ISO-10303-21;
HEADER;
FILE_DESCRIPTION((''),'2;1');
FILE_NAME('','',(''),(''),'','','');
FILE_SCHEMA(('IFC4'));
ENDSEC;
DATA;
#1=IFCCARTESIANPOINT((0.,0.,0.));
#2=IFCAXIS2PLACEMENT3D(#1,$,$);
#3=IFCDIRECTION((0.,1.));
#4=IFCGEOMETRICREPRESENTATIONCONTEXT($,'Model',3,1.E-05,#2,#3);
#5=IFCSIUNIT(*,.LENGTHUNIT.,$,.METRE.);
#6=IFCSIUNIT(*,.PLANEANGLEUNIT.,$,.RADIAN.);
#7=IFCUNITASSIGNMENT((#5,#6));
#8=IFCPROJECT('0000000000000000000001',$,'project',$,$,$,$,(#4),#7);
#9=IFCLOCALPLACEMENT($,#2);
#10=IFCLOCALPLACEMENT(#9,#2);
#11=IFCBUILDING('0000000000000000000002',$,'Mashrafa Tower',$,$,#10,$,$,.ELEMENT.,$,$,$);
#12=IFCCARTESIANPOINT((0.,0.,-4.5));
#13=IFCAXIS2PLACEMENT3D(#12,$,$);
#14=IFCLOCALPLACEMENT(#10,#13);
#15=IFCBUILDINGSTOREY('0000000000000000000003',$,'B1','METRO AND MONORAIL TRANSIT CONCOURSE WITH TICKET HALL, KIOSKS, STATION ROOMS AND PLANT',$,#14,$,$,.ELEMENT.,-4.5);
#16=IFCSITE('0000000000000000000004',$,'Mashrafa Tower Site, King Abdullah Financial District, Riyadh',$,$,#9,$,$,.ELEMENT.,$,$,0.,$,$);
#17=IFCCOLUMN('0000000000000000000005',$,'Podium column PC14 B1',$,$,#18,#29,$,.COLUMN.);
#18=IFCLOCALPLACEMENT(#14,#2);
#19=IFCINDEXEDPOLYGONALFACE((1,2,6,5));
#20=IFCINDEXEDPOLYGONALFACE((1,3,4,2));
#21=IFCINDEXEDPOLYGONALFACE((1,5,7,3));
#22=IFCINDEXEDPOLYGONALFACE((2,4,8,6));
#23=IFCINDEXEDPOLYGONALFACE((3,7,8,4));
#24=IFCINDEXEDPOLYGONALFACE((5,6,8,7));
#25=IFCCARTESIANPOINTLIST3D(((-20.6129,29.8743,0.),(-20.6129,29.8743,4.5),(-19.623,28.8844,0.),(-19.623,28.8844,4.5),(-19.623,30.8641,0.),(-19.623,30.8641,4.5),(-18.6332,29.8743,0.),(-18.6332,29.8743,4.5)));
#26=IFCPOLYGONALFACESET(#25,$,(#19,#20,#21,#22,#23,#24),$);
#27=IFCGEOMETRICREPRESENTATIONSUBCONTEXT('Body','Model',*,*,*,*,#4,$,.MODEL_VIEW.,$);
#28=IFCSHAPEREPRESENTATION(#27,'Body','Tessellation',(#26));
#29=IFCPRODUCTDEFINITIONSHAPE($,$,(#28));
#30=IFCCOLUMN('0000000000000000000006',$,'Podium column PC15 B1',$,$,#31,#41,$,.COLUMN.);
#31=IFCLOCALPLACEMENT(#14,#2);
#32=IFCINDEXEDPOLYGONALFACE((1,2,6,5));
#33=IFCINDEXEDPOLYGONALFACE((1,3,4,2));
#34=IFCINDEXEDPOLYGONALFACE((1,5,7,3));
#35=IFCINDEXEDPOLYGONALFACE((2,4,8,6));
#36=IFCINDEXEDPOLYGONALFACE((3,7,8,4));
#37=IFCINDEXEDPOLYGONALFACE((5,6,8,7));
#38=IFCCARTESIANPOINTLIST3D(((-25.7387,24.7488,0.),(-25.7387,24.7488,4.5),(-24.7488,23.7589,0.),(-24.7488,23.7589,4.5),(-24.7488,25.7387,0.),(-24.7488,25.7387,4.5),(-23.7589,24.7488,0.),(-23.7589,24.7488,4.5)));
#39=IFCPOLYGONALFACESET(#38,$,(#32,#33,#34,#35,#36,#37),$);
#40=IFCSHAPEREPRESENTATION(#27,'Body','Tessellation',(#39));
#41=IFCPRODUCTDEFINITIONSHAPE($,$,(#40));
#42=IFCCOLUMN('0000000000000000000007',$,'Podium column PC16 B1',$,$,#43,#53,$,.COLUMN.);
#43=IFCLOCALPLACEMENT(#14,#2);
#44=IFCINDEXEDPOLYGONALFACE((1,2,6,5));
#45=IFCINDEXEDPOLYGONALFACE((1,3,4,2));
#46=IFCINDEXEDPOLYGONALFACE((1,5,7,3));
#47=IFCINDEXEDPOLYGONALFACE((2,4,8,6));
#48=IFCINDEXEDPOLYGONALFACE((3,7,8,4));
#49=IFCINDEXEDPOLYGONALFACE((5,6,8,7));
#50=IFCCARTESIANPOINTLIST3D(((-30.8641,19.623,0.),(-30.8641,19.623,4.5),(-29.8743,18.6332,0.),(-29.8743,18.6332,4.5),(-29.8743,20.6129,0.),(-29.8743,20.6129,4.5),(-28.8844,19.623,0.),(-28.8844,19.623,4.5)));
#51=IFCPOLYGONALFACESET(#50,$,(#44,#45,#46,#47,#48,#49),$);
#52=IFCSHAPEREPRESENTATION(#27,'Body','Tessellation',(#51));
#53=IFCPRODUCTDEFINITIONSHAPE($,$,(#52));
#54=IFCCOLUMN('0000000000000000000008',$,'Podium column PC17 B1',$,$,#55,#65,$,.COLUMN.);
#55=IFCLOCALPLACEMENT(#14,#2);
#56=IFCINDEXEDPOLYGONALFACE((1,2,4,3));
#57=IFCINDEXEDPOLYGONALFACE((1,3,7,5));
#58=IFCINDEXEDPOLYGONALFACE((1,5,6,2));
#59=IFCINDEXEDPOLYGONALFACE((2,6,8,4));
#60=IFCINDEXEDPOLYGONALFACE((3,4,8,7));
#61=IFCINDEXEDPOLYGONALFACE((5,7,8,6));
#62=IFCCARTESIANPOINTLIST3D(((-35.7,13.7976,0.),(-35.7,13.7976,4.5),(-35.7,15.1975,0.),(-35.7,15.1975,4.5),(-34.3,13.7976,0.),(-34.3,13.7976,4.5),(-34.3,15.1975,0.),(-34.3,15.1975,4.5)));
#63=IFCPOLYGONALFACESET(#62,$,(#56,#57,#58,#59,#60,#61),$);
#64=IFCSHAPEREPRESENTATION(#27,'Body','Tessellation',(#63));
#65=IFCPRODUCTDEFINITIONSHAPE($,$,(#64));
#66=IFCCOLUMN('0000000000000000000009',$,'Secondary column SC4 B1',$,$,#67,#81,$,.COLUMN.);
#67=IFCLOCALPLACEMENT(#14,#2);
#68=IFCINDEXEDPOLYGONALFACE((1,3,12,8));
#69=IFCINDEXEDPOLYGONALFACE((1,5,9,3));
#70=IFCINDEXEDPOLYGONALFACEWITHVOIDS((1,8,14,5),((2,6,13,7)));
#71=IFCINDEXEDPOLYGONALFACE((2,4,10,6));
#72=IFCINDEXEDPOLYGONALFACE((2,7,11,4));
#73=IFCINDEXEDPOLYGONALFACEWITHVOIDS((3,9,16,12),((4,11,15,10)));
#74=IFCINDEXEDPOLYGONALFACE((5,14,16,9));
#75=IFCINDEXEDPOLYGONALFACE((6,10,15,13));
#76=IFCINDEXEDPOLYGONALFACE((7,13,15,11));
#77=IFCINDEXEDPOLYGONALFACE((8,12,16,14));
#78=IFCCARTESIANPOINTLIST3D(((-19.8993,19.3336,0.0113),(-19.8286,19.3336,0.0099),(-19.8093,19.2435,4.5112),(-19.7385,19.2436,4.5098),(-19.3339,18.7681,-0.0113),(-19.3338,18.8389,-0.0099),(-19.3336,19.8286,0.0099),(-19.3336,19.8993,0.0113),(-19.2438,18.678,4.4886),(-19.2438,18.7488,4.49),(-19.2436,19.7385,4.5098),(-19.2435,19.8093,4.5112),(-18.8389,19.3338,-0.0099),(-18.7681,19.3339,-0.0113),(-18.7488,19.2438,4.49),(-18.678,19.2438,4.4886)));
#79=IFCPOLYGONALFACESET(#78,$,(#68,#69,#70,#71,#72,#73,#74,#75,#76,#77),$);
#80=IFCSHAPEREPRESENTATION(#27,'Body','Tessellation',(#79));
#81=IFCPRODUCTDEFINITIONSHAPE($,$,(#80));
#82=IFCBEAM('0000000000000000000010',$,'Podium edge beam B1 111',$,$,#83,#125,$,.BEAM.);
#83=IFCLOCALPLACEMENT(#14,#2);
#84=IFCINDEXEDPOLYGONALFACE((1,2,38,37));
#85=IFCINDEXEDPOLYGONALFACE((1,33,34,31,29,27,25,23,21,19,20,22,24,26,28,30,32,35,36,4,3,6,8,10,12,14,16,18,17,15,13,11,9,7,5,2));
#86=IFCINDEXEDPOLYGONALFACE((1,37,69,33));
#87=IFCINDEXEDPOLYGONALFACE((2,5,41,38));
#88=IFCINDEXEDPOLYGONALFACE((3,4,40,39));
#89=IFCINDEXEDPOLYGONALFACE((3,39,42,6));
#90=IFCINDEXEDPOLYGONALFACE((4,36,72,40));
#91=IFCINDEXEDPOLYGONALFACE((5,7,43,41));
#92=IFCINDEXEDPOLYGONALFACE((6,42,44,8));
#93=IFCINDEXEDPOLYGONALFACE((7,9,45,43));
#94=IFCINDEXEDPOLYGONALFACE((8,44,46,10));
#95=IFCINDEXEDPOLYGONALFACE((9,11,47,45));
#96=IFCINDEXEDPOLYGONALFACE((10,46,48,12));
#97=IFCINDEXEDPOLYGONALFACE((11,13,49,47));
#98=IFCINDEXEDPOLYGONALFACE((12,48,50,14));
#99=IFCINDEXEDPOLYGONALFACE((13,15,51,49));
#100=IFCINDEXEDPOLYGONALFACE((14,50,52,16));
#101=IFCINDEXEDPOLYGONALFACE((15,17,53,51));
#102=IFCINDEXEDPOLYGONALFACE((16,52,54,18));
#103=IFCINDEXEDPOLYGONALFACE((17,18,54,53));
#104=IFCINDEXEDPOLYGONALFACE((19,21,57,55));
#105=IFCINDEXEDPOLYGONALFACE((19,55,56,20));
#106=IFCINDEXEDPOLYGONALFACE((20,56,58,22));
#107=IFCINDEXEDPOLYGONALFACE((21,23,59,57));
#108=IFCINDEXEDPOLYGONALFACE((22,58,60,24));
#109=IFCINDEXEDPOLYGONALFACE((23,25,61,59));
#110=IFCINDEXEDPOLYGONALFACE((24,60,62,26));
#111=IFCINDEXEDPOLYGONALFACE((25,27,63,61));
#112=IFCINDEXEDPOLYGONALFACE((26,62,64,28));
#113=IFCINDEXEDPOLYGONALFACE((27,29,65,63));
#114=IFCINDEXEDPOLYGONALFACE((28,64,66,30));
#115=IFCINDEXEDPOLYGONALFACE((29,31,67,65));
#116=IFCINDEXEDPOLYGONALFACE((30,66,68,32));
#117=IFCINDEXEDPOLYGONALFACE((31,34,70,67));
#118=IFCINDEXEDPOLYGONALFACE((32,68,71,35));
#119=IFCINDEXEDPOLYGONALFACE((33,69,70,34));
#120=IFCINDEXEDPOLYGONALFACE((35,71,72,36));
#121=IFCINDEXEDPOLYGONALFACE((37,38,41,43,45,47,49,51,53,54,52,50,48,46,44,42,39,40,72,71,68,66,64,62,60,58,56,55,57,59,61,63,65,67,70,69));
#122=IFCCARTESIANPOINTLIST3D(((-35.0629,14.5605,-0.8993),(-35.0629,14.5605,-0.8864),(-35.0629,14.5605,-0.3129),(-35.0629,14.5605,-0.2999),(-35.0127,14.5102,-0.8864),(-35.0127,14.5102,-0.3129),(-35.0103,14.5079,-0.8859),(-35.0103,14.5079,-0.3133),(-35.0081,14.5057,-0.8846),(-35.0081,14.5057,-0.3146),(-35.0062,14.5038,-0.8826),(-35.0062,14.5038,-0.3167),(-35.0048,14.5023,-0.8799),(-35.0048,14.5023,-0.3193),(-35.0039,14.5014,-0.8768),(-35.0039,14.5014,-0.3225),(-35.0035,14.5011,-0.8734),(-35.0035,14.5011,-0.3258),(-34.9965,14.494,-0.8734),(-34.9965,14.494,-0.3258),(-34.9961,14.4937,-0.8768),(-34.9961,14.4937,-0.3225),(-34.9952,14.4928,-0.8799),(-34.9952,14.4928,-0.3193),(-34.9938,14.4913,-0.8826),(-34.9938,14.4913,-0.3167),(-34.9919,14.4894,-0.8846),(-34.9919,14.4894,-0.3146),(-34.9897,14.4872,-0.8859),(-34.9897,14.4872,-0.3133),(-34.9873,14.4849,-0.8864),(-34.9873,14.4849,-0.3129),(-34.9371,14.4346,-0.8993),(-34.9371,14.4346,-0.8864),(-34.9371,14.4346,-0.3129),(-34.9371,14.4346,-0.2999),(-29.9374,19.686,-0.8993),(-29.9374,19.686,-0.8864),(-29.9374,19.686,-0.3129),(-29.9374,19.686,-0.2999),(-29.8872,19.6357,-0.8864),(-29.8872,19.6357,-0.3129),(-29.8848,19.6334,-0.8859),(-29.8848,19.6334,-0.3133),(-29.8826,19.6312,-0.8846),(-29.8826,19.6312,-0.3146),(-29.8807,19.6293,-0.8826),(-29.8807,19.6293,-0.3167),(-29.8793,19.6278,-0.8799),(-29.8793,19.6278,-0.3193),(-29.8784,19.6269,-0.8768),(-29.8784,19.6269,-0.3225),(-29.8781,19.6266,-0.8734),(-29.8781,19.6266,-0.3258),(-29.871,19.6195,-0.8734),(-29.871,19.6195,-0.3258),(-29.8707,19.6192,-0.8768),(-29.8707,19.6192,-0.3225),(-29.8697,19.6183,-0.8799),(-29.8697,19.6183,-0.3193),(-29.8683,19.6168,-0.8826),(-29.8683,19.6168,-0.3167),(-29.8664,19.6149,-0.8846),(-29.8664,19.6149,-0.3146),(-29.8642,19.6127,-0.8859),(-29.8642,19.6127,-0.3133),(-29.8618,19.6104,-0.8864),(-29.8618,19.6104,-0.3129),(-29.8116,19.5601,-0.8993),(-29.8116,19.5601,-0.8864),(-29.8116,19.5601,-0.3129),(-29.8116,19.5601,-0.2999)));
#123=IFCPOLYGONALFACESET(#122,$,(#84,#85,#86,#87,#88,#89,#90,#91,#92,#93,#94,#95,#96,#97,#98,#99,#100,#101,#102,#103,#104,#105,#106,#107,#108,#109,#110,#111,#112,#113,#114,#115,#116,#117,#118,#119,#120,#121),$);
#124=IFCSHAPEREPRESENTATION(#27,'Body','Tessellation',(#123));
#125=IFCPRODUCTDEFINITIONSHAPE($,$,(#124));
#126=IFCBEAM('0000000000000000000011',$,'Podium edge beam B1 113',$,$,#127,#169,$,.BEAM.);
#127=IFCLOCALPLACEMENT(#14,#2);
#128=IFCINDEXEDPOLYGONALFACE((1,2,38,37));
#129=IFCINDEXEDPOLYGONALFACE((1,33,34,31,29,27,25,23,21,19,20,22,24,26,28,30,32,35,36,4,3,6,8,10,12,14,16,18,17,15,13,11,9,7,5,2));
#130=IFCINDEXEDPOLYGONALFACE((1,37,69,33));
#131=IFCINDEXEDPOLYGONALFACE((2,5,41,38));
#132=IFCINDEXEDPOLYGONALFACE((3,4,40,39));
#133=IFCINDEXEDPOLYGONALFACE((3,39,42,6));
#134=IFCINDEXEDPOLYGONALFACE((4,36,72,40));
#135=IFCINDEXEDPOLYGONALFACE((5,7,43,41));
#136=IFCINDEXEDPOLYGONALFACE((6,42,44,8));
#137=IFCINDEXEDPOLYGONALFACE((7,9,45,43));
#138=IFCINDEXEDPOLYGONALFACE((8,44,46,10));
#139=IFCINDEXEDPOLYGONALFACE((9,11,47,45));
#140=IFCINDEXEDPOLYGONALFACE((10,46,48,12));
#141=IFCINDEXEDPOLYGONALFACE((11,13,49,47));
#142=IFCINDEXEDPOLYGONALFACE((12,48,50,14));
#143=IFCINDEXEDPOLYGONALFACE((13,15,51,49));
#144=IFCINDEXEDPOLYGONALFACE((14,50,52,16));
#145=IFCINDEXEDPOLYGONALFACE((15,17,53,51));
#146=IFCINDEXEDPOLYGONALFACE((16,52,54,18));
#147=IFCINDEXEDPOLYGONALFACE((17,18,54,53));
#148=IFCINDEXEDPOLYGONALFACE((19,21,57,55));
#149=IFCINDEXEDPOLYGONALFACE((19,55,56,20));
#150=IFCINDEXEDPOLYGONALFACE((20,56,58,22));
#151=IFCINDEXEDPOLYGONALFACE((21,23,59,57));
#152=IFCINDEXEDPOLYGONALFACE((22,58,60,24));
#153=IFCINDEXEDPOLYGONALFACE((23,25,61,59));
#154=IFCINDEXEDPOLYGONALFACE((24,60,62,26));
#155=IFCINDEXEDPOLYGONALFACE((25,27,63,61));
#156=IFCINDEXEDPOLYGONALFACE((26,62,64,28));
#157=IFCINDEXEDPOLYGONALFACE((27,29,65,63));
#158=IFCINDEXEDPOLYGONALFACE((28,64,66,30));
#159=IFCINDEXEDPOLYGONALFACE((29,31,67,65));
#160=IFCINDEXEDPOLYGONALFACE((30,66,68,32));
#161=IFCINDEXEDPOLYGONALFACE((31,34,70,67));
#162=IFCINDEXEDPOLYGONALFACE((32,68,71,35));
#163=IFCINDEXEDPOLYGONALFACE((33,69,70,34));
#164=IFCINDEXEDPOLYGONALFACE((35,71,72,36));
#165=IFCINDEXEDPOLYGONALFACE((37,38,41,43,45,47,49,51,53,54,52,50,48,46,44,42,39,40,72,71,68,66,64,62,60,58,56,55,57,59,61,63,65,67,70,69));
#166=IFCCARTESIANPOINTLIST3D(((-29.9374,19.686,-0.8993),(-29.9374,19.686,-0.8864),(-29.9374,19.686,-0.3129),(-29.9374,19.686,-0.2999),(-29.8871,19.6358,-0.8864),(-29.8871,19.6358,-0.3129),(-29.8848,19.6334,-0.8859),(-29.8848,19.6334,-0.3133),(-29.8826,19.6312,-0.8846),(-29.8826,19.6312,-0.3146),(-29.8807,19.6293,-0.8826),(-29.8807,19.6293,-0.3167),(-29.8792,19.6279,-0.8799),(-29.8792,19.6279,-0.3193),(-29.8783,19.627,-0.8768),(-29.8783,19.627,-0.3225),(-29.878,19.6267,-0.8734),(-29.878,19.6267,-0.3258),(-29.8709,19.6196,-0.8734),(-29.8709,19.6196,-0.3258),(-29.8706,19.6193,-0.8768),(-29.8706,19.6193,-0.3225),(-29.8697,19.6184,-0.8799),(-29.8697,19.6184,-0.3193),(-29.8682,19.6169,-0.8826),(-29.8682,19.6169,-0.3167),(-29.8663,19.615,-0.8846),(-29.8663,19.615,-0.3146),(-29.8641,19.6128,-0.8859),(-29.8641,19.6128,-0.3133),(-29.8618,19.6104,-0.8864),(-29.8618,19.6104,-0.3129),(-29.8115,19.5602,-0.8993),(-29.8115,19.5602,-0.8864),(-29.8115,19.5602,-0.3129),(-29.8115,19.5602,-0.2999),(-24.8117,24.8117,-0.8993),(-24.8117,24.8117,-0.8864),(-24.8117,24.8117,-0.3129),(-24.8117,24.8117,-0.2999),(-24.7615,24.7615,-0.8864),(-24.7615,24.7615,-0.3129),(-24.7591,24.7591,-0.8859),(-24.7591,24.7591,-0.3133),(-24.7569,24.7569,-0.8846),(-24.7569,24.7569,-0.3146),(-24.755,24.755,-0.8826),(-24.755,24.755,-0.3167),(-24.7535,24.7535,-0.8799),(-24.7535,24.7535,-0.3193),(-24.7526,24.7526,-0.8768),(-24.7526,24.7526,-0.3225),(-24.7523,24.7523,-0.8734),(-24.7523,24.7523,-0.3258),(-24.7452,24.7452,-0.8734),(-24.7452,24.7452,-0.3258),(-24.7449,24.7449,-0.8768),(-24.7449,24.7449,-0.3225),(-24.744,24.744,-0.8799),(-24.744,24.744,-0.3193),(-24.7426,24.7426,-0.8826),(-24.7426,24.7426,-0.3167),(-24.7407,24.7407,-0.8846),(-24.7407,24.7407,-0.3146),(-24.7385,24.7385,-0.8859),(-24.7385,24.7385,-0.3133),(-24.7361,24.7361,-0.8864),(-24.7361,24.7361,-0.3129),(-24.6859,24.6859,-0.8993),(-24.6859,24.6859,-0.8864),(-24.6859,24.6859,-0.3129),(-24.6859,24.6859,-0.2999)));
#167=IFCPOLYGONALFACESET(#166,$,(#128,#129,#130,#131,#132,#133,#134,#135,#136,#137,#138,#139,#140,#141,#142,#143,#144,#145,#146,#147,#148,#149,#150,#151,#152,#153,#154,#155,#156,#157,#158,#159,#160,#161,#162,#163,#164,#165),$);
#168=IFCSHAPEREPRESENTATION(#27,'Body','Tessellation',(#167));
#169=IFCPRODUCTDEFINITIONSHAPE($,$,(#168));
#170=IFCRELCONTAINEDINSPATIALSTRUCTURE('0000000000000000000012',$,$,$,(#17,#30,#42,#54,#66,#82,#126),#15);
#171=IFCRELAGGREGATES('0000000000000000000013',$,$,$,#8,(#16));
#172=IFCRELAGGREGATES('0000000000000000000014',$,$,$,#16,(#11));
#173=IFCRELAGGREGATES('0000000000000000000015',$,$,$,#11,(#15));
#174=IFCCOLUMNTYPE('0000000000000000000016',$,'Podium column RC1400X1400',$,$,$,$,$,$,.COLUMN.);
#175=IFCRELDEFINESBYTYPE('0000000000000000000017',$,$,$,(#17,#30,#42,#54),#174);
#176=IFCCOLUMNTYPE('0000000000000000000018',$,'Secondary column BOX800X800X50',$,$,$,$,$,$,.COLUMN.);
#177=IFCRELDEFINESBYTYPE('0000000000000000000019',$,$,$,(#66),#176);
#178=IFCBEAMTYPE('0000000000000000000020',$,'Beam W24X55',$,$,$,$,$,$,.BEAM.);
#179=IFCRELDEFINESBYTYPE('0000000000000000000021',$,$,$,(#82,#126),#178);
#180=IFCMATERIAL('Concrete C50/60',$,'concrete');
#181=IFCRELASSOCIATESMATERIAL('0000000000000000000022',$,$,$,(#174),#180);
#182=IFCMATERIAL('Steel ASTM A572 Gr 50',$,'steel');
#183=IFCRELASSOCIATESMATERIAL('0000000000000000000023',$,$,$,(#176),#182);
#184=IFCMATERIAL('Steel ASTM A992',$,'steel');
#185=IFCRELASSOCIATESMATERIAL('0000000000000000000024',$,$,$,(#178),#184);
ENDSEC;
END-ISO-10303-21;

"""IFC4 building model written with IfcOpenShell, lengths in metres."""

from ifc_helpers import new_model, si_unit, direction, frame, origin, origin_2d, place, context, subcontext, project, spatial, rectangle, hollow_rectangle, i_section, extrude, material, material_profile, profile_set, type_object, element, save


model = new_model("IFC4")

# Units and contexts
model_context = context("Model", 3, precision=1e-05, world=origin(), true_north=direction((0.0, 1.0)))
body_context = subcontext(model_context, "Body", "Model", "MODEL_VIEW")
ifc_project = project(units=[si_unit("LENGTHUNIT", "METRE"), si_unit("PLANEANGLEUNIT", "RADIAN")], contexts=[model_context])

# Site, building, storey
site_placement = place(None, origin())
site = spatial("IfcSite", under=ifc_project, at=site_placement, Name="Mashrafa Tower Site, King Abdullah Financial District, Riyadh", CompositionType="ELEMENT", RefElevation=0.0)
building_placement = place(site_placement, origin())
building = spatial("IfcBuilding", under=site, at=building_placement, Name="Mashrafa Tower", CompositionType="ELEMENT")
storey_placement = place(building_placement, frame((0.0, 0.0, -4.5)))
storey = spatial("IfcBuildingStorey", under=building, at=storey_placement, Name="B1", Description="METRO AND MONORAIL TRANSIT CONCOURSE WITH TICKET HALL, KIOSKS, STATION ROOMS AND PLANT", CompositionType="ELEMENT", Elevation=-4.5)

# Columns
ifc_material_1 = material(Name="Concrete C50/60", Category="concrete")
ifc_material_profile_1 = material_profile(ifc_material_1, rectangle(XDim=1.3999, YDim=1.3999, at=origin_2d()), Name="RC1400X1400")
ifc_profile_set_1 = profile_set([ifc_material_profile_1], Name="Concrete C50/60")
column_type_1 = type_object("IfcColumnType", Name="Podium column RC1400X1400", PredefinedType="COLUMN", material=ifc_profile_set_1)
for number, where, z_axis, x_axis, name in (
    (1, (-19.623, 29.8743, 0.0), (0.0, 0.0, 1.0), (0.707107, 0.707107, 0.0), "Podium column PC14 B1"),
    (2, (-24.7488, 24.7488, 0.0), (0.0, 0.0, 1.0), (0.707107, 0.707107, 0.0), "Podium column PC15 B1"),
    (3, (-29.8743, 19.623, 0.0), (0.0, 0.0, 1.0), (0.707107, 0.707107, 0.0), "Podium column PC16 B1"),
    (4, (-35.0, 14.4976, 0.0), (0.0, 0.0, 1.0), (1.0, 0.0, 0.0), "Podium column PC17 B1"),
):
    element("IfcColumn", number, at=place(storey_placement, frame(where, z_axis=z_axis, x_axis=x_axis)), inside=storey, type_object=column_type_1, Name=name, PredefinedType="COLUMN", context=body_context, shape_type="SweptSolid", body=[
        extrude(rectangle(XDim=1.3999, YDim=1.3999, at=origin_2d()), origin(), (0.0, 0.0, 1.0), 4.5),
    ])
ifc_material_2 = material(Name="Steel ASTM A572 Gr 50", Category="steel")
ifc_material_profile_2 = material_profile(ifc_material_2, hollow_rectangle(XDim=0.8, YDim=0.8, WallThickness=0.05, at=origin_2d()), Name="BOX800X800X50")
ifc_profile_set_2 = profile_set([ifc_material_profile_2], Name="Steel ASTM A572 Gr 50")
column_type_2 = type_object("IfcColumnType", Name="Secondary column BOX800X800X50", PredefinedType="COLUMN", material=ifc_profile_set_2)
column_placement = place(storey_placement, frame((-19.3337, 19.3337, 0.0), z_axis=(0.020012, -0.020012, 0.999599), x_axis=(0.707107, 0.707107, 0.0)))
element("IfcColumn", 5, at=column_placement, inside=storey, type_object=column_type_2, Name="Secondary column SC4 B1", PredefinedType="COLUMN", context=body_context, shape_type="SweptSolid", body=[
    extrude(hollow_rectangle(XDim=0.8, YDim=0.8, WallThickness=0.05, at=origin_2d()), origin(), (0.0, 0.0, 1.0), 4.5017),
])

# Beams
ifc_material_3 = material(Name="Steel ASTM A992", Category="steel")
ifc_material_profile_3 = material_profile(ifc_material_3, i_section(OverallWidth=0.178, OverallDepth=0.5994, WebThickness=0.01, FlangeThickness=0.0129, FilletRadius=0.0129, at=origin_2d()), Name="W24X55")
ifc_profile_set_3 = profile_set([ifc_material_profile_3], Name="Steel ASTM A992")
beam_type_1 = type_object("IfcBeamType", Name="Beam W24X55", PredefinedType="BEAM", material=ifc_profile_set_3)
beam_1_placement = place(storey_placement, frame((-29.8745, 19.623, -0.5996), z_axis=(-0.707107, -0.707107, 0.0), x_axis=(0.707107, -0.707107, 0.0)))
element("IfcBeam", 6, at=beam_1_placement, inside=storey, type_object=beam_type_1, Name="Podium edge beam B1 111", PredefinedType="BEAM", context=body_context, shape_type="SweptSolid", body=[
    extrude(i_section(OverallWidth=0.178, OverallDepth=0.5994, WebThickness=0.01, FlangeThickness=0.0129, FilletRadius=0.0129, at=origin_2d()), origin(), (0.0, 0.0, 1.0), 7.2485),
])
for number, where, z_axis, x_axis, name in (
    (7, (-24.7488, 24.7488, -0.5996), (-0.707107, -0.707107, 0.0), (0.707107, -0.707107, 0.0), "Podium edge beam B1 113"),
):
    element("IfcBeam", number, at=place(storey_placement, frame(where, z_axis=z_axis, x_axis=x_axis)), inside=storey, type_object=beam_type_1, Name=name, PredefinedType="BEAM", context=body_context, shape_type="SweptSolid", body=[
        extrude(i_section(OverallWidth=0.178, OverallDepth=0.5994, WebThickness=0.01, FlangeThickness=0.0129, FilletRadius=0.0129, at=origin_2d()), origin(), (0.0, 0.0, 1.0), 7.2488),
    ])

save(model, "model.ifc")
